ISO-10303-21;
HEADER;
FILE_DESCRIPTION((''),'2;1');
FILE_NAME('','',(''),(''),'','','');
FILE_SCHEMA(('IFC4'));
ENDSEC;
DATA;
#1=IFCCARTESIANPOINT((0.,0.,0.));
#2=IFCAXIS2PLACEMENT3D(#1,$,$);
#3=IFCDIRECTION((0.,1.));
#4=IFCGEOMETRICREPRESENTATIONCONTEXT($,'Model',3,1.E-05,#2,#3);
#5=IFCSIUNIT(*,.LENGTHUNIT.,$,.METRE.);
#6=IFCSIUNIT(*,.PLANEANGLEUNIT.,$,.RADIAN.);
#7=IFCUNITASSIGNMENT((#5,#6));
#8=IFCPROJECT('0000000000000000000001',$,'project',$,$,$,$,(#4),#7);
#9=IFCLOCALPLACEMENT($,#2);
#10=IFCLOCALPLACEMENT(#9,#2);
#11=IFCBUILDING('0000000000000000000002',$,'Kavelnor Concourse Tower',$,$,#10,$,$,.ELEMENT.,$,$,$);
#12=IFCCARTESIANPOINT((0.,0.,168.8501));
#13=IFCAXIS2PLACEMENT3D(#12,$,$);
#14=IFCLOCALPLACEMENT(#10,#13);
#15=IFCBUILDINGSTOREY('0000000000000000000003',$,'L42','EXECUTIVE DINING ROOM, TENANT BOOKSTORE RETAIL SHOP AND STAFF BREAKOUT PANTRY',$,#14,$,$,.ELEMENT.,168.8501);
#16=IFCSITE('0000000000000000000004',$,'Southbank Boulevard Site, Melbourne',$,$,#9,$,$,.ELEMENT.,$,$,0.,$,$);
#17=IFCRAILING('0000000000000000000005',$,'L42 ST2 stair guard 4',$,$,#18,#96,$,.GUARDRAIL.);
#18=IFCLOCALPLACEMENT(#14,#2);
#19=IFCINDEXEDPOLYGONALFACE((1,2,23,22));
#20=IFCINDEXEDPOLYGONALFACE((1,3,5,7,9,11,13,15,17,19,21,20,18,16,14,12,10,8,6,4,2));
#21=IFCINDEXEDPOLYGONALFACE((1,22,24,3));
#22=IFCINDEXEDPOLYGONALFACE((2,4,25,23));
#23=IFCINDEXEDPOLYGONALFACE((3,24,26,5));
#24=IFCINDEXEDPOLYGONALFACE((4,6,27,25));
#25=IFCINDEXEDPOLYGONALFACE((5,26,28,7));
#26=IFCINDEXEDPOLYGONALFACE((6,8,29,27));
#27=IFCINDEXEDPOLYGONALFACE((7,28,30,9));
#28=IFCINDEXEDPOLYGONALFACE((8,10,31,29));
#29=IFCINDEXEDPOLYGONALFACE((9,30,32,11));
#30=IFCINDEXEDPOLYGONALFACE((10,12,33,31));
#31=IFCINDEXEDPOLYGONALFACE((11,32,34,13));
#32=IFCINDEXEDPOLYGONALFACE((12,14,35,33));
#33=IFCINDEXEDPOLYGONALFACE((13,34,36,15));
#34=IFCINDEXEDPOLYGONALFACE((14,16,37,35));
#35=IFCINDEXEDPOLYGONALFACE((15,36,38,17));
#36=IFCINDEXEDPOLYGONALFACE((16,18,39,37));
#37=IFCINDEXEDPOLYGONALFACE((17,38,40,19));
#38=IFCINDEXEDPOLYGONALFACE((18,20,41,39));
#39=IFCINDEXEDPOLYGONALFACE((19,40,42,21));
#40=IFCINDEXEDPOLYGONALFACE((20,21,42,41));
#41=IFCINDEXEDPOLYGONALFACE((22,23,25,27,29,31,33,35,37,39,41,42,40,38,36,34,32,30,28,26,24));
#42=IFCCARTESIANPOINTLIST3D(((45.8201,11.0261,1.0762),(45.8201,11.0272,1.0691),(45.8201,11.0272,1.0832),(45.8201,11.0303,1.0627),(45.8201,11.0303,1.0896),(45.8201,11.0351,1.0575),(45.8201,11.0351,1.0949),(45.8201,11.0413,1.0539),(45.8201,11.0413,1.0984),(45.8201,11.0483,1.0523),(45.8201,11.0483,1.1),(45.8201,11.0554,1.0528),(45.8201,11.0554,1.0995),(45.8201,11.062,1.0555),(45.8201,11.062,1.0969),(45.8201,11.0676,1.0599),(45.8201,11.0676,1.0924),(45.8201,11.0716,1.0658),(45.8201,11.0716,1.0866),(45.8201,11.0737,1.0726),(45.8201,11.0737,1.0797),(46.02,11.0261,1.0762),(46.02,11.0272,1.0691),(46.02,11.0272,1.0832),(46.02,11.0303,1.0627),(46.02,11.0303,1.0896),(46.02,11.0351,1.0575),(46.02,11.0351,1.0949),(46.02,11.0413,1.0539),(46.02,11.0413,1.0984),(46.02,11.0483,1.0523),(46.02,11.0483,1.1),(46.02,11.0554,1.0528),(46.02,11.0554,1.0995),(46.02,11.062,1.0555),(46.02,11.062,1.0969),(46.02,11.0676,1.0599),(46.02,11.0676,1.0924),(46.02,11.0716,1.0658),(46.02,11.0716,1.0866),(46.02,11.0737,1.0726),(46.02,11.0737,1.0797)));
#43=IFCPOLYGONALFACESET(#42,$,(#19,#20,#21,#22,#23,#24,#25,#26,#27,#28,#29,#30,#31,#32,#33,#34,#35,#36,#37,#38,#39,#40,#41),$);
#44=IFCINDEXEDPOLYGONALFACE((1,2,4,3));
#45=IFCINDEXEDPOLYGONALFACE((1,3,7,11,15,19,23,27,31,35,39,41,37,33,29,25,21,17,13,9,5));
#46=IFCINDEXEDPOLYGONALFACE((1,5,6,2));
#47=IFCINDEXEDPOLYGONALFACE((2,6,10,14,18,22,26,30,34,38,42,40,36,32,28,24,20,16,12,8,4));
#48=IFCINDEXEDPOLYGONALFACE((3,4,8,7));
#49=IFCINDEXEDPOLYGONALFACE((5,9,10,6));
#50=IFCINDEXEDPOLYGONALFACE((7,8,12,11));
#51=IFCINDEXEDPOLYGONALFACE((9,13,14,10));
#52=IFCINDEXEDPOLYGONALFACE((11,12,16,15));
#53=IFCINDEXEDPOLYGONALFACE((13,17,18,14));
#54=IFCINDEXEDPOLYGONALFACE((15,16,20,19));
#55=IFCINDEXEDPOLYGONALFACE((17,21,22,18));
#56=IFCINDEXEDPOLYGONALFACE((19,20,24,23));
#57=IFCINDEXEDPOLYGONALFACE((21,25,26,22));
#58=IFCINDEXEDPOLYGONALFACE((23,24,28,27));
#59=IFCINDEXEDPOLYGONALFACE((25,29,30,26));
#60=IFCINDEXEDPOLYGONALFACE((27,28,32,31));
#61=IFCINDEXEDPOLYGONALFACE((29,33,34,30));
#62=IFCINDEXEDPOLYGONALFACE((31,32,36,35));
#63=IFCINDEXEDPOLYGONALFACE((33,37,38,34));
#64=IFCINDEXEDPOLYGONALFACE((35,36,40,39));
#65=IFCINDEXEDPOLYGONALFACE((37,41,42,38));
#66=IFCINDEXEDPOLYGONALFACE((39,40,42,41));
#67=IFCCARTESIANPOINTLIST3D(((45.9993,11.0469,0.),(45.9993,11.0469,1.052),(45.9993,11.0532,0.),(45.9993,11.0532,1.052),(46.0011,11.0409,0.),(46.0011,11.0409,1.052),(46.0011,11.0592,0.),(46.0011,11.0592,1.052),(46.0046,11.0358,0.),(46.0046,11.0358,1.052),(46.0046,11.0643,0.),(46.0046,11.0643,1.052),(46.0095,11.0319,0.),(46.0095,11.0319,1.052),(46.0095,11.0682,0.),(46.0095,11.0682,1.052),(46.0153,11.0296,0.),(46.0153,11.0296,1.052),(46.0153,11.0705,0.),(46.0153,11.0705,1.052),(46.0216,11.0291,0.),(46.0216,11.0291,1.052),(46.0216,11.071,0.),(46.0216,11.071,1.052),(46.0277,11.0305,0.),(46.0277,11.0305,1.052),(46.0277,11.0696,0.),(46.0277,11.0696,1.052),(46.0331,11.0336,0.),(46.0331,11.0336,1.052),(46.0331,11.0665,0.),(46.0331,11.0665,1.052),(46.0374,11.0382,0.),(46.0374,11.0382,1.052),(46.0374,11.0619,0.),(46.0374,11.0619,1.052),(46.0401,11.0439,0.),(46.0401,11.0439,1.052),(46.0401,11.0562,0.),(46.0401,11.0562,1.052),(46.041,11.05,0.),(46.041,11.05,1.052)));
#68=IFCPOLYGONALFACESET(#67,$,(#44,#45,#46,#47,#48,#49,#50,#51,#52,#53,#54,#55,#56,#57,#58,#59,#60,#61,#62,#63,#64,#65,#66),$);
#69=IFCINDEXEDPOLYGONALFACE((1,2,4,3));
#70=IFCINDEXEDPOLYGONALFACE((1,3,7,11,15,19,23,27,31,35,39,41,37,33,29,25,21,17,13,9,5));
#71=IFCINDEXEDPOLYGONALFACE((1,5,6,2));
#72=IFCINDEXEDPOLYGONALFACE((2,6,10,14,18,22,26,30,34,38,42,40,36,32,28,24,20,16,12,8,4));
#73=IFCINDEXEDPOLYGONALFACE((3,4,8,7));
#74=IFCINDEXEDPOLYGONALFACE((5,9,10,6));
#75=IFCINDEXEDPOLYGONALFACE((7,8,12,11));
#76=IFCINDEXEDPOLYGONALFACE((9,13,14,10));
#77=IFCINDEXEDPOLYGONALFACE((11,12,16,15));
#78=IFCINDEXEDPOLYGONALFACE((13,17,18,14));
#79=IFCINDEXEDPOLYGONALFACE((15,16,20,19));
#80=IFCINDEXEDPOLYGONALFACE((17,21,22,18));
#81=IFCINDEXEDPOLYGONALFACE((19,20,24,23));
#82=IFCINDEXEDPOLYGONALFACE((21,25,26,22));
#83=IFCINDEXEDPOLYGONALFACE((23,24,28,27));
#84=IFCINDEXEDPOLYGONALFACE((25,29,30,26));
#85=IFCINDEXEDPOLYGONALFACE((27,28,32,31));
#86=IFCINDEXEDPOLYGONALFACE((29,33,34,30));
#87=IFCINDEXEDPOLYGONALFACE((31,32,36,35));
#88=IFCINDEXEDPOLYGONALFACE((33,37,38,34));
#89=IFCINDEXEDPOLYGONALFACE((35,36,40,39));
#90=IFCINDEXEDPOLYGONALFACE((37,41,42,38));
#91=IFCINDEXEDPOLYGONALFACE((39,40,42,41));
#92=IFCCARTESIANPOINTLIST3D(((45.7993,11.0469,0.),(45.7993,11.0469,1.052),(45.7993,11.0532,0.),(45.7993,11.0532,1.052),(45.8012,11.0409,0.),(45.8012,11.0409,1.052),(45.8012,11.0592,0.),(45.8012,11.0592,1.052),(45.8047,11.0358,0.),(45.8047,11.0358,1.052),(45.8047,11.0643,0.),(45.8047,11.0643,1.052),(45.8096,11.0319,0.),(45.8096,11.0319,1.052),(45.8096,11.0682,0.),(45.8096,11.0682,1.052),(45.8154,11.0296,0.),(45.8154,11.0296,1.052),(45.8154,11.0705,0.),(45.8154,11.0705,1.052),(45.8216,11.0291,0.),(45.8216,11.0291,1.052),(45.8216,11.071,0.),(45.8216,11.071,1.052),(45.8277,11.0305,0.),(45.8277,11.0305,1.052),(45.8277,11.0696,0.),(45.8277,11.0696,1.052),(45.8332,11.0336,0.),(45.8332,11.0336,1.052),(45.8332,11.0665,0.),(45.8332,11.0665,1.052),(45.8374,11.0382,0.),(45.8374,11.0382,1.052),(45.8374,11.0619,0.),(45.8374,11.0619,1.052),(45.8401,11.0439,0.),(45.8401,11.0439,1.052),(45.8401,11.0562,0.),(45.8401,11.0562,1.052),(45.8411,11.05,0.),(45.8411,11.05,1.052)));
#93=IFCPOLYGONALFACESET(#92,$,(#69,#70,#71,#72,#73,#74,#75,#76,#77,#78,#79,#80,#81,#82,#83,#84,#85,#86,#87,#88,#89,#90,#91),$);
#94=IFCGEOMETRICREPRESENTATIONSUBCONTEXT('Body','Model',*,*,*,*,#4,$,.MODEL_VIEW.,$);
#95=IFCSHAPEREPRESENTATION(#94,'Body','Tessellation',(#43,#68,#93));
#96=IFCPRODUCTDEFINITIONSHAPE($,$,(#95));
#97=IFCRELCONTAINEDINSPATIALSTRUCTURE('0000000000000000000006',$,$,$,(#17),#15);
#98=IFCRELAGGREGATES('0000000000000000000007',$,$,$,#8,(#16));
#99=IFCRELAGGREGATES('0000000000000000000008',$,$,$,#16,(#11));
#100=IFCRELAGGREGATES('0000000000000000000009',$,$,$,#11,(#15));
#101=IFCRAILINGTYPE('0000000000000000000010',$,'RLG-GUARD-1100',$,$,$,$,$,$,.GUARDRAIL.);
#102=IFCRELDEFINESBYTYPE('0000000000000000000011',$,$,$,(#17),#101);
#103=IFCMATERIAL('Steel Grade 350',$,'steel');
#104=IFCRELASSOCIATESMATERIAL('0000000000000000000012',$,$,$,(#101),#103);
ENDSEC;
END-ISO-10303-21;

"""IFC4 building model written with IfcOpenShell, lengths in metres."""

from ifc_helpers import new_model, si_unit, direction, frame, origin, origin_2d, place, context, subcontext, project, spatial, circle, extrude, material, type_object, element, save


model = new_model("IFC4")

# Units and contexts
model_context = context("Model", 3, precision=1e-05, world=origin(), true_north=direction((0.0, 1.0)))
body_context = subcontext(model_context, "Body", "Model", "MODEL_VIEW")
ifc_project = project(units=[si_unit("LENGTHUNIT", "METRE"), si_unit("PLANEANGLEUNIT", "RADIAN")], contexts=[model_context])

# Site, building, storey
site_placement = place(None, origin())
site = spatial("IfcSite", under=ifc_project, at=site_placement, Name="Southbank Boulevard Site, Melbourne", CompositionType="ELEMENT", RefElevation=0.0)
building_placement = place(site_placement, origin())
building = spatial("IfcBuilding", under=site, at=building_placement, Name="Kavelnor Concourse Tower", CompositionType="ELEMENT")
storey_placement = place(building_placement, frame((0.0, 0.0, 168.8501)))
storey = spatial("IfcBuildingStorey", under=building, at=storey_placement, Name="L42", Description="EXECUTIVE DINING ROOM, TENANT BOOKSTORE RETAIL SHOP AND STAFF BREAKOUT PANTRY", CompositionType="ELEMENT", Elevation=168.8501)

# Shared definitions
ifc_material_1 = material(Name="Steel Grade 350", Category="steel")

# Railing
railing_type_1 = type_object("IfcRailingType", Name="RLG-GUARD-1100", PredefinedType="GUARDRAIL", material=ifc_material_1)
railing_1_placement = place(storey_placement, frame((46.02, 11.05, 0.0)))
element("IfcRailing", 1, at=railing_1_placement, inside=storey, type_object=railing_type_1, Name="L42 ST2 stair guard 4", PredefinedType="GUARDRAIL", context=body_context, shape_type="SweptSolid", body=[
    extrude(circle(Radius=0.0239, at=origin_2d()), frame((0.0, 0.0, 1.0762), z_axis=(-1.0, 0.0, 0.0), x_axis=(0.0, -1.0, 0.0)), (0.0, 0.0, 1.0), 0.2),
    extrude(circle(Radius=0.021, at=origin_2d()), origin(), (0.0, 0.0, 1.0), 1.052),
    extrude(circle(Radius=0.021, at=origin_2d()), frame((-0.2, 0.0, 0.0)), (0.0, 0.0, 1.0), 1.052),
])

save(model, "model.ifc")
